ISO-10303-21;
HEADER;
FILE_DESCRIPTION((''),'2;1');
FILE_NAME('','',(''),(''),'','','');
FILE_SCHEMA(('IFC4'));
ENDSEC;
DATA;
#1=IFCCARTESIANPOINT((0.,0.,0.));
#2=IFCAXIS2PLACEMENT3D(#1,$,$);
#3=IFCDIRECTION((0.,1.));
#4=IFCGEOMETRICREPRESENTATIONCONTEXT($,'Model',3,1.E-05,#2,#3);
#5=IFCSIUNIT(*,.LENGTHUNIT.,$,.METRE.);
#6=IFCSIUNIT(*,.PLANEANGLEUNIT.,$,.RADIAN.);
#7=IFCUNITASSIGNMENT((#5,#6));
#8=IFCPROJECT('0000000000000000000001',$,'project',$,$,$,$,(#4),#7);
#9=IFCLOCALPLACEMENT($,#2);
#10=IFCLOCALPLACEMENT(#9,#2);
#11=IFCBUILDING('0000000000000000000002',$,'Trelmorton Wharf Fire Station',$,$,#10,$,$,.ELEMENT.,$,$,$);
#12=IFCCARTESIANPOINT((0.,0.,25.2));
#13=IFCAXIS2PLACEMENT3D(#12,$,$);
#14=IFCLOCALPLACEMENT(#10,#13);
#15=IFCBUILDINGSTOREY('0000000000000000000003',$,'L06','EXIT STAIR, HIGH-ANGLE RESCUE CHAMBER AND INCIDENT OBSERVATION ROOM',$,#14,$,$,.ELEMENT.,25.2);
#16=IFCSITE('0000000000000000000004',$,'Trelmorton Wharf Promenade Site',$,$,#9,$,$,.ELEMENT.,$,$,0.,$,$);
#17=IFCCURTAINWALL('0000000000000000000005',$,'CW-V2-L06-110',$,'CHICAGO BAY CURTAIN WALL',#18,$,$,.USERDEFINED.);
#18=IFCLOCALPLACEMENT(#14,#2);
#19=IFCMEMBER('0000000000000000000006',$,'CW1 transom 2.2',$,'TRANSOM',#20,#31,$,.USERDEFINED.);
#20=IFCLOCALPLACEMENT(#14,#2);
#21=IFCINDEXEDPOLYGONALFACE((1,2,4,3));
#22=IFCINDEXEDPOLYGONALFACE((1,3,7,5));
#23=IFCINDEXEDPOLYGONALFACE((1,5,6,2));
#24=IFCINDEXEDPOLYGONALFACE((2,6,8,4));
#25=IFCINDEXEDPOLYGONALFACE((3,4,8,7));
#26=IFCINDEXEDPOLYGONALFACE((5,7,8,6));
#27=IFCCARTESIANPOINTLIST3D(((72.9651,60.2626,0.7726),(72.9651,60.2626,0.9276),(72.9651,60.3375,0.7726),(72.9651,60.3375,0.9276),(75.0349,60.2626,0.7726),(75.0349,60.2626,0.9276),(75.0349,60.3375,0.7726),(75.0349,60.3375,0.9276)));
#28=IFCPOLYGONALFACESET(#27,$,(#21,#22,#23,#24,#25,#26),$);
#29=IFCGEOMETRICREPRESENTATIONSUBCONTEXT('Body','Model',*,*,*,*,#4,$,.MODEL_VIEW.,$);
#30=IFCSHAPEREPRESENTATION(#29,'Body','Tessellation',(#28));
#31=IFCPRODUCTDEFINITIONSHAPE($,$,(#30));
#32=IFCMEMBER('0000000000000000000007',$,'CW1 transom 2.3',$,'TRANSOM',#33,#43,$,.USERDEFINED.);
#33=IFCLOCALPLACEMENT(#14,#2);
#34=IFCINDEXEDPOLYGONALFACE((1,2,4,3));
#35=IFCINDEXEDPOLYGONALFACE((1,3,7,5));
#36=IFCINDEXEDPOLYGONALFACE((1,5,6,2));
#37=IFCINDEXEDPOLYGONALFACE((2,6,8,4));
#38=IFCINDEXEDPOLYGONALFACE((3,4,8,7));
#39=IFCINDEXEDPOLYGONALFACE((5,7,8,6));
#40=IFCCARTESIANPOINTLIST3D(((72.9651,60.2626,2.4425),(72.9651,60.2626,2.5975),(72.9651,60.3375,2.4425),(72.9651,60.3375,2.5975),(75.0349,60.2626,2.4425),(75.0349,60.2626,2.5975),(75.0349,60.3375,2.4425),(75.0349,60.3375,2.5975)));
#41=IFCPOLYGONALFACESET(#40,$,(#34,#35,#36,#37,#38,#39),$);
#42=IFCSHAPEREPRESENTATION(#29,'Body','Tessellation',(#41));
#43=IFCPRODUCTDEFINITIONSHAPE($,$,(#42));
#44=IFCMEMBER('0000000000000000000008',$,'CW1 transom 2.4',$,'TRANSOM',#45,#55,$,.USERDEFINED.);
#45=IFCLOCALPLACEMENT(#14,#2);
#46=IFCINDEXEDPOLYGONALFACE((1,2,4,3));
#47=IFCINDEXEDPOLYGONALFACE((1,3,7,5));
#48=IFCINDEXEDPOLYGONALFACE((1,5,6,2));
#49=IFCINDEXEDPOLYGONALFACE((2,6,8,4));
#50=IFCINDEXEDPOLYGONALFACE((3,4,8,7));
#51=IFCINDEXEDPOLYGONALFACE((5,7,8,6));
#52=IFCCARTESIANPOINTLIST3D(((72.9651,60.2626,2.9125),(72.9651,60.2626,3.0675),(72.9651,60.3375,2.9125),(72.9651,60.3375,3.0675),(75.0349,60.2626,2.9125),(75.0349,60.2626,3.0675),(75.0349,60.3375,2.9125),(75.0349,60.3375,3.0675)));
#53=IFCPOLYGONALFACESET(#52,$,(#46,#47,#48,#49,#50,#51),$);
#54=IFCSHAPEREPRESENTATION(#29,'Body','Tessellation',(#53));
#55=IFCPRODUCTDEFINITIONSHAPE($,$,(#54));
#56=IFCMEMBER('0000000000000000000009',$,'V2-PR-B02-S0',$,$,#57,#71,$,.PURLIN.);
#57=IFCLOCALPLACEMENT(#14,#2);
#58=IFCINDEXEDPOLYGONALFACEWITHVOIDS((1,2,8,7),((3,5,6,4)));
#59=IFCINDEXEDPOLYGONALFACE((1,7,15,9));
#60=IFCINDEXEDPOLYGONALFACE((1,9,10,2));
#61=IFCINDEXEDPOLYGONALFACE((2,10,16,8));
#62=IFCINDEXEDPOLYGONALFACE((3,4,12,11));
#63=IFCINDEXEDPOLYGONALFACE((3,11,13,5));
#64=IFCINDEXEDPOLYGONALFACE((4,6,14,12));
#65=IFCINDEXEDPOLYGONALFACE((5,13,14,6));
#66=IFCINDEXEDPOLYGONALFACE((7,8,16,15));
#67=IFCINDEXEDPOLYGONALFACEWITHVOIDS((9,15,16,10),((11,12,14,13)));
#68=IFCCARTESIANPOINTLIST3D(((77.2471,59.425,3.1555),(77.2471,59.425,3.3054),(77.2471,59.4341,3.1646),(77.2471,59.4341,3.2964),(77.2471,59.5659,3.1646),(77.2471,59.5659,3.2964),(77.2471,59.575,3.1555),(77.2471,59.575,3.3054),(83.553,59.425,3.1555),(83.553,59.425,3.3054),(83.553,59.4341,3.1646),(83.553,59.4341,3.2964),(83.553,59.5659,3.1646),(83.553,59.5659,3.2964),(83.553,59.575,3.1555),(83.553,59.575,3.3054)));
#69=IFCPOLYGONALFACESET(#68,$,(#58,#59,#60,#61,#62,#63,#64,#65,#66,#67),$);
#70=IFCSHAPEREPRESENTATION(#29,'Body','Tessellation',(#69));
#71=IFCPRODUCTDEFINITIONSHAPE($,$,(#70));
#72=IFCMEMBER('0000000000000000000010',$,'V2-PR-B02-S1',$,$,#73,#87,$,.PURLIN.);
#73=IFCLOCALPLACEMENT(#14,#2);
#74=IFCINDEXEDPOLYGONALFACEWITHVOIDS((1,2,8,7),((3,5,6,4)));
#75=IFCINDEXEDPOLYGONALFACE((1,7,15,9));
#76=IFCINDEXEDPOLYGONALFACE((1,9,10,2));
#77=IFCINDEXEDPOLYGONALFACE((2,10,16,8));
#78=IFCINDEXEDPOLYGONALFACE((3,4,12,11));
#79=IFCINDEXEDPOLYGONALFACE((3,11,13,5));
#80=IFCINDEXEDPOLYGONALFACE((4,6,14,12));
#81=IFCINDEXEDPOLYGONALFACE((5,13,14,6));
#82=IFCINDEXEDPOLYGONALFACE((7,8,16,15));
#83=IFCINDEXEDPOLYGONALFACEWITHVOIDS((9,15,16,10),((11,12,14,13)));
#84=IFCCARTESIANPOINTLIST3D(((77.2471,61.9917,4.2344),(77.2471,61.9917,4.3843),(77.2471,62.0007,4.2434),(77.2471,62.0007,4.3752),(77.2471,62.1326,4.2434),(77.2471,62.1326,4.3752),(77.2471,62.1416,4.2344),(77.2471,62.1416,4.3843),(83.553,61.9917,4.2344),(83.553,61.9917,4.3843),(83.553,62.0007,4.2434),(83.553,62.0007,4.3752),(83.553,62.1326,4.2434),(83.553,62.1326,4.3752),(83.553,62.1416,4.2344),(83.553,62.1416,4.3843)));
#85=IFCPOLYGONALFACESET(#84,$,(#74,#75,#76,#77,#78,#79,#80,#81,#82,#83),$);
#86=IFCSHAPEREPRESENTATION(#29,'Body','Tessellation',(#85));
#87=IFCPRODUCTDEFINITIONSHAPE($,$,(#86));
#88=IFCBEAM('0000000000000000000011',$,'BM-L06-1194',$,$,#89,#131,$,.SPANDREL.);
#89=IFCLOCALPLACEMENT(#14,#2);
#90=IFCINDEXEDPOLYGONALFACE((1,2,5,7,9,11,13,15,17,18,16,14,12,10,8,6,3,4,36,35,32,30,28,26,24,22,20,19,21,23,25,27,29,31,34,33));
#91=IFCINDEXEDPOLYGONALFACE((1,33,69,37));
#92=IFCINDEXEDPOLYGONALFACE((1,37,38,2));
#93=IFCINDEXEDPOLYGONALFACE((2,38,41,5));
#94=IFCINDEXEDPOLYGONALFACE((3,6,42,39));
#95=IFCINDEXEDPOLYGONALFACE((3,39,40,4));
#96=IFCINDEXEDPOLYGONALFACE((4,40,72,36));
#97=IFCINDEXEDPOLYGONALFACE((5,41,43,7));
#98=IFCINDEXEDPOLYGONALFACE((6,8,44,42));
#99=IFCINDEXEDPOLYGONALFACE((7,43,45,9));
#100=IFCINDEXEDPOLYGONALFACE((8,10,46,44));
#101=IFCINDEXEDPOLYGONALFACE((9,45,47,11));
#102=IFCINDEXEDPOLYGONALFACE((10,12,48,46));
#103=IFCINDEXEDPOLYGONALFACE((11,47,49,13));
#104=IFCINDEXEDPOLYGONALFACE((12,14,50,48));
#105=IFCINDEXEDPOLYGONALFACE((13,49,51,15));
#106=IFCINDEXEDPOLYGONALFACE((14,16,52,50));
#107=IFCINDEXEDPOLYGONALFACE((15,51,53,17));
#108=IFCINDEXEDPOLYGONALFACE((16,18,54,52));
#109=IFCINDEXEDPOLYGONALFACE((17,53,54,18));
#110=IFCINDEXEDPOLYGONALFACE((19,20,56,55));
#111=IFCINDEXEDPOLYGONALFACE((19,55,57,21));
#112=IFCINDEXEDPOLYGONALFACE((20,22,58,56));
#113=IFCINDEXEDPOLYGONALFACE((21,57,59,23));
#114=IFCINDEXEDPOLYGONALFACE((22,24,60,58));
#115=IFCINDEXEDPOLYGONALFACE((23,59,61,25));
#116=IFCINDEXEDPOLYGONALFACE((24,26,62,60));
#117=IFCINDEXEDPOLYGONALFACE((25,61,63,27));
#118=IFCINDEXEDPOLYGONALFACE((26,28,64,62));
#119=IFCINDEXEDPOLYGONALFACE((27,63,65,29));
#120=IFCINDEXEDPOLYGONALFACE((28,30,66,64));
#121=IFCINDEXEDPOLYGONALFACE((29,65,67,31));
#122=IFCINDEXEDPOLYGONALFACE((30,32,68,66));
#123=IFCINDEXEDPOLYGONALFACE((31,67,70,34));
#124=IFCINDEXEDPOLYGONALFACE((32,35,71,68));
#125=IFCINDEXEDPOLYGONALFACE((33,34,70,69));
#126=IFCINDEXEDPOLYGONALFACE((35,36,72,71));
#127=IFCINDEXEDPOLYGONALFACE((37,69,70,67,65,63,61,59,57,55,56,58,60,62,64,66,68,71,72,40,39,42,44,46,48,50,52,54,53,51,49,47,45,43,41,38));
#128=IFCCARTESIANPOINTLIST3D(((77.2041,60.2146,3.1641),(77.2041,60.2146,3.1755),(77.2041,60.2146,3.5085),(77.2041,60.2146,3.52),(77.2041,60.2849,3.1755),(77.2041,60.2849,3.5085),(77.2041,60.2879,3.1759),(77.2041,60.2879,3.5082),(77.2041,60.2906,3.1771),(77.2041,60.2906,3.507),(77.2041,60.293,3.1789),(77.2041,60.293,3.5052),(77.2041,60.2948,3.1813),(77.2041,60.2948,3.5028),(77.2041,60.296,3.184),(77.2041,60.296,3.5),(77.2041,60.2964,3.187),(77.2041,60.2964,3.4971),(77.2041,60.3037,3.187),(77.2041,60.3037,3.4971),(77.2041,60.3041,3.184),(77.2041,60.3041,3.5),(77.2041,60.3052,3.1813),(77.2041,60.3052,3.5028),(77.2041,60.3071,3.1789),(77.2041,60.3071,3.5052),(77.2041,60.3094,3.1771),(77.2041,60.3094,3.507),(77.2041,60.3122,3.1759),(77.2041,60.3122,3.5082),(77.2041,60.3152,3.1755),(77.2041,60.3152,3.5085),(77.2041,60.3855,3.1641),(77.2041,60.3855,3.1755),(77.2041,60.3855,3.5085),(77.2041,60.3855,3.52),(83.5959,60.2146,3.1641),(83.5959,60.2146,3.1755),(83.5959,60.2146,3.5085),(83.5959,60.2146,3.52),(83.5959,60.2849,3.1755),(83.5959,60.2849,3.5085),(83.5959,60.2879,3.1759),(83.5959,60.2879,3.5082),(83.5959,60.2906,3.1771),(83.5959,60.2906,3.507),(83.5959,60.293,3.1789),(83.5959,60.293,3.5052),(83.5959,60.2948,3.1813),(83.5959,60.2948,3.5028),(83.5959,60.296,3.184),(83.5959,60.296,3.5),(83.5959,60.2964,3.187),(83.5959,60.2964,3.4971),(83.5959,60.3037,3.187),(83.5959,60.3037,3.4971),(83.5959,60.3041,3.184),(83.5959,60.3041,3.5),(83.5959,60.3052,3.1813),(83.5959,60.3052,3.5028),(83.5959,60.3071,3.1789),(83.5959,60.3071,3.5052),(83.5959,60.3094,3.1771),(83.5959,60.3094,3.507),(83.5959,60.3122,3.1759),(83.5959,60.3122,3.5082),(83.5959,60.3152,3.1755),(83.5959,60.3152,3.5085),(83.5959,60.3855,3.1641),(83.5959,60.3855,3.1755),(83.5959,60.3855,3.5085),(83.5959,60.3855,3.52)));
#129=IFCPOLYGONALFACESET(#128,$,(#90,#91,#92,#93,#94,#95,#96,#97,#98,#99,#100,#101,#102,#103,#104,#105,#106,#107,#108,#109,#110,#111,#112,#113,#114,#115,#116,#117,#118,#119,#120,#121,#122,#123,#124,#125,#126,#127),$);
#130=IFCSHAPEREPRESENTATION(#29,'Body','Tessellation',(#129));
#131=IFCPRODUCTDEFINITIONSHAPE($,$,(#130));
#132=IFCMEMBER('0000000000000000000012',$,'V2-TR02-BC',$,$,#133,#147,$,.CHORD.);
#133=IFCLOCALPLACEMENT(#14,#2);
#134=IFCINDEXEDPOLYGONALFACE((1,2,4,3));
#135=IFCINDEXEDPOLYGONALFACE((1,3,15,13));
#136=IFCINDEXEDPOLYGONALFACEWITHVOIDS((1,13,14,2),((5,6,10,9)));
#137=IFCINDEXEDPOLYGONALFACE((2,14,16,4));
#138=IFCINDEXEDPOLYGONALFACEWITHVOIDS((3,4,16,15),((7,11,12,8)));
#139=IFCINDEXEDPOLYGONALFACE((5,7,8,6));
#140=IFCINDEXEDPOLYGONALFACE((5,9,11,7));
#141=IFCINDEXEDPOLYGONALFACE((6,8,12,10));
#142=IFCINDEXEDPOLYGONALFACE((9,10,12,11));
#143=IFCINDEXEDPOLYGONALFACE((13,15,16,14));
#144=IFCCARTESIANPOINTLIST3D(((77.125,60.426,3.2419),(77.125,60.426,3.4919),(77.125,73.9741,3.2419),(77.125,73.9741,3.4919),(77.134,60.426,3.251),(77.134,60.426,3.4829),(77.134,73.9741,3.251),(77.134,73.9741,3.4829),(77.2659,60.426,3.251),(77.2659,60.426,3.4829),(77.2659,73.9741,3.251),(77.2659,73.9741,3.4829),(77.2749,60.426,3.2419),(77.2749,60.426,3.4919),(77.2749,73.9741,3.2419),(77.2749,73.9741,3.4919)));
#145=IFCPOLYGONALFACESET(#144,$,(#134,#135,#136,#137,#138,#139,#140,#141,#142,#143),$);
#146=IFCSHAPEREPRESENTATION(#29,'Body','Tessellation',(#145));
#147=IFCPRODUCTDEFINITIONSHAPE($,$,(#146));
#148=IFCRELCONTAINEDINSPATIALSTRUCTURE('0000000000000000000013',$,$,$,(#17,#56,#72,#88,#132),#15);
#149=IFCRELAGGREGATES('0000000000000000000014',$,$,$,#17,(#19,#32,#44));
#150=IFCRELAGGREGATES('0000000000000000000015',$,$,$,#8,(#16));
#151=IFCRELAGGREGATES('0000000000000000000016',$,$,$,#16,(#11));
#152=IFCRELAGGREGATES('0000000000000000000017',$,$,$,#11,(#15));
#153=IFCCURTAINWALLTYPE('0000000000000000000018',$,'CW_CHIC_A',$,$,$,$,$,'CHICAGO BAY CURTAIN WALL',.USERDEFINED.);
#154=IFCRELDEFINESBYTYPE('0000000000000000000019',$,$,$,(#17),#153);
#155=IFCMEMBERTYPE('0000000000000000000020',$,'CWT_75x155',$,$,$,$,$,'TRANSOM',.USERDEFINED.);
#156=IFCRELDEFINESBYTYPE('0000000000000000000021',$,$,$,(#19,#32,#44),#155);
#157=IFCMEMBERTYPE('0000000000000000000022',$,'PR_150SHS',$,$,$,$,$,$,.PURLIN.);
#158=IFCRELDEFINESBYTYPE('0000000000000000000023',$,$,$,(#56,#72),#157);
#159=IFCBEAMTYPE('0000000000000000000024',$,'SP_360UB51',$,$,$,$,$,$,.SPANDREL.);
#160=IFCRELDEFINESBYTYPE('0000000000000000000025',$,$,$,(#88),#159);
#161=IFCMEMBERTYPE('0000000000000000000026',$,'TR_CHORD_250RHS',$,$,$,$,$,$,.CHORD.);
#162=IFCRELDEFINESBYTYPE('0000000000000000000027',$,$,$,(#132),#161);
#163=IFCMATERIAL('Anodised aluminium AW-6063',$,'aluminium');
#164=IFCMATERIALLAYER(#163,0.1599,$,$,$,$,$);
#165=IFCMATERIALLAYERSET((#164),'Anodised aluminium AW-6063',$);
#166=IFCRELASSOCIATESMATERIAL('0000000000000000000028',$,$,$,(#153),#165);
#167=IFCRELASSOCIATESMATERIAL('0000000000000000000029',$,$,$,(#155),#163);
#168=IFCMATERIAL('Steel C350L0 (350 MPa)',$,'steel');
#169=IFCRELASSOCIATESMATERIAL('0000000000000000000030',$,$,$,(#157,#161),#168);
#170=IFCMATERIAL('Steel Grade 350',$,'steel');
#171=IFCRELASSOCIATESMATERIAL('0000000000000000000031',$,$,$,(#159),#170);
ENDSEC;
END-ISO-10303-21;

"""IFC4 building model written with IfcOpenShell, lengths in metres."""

from ifc_helpers import new_model, si_unit, direction, frame, origin, origin_2d, place, context, subcontext, project, spatial, rectangle, hollow_rectangle, i_section, extrude, material, layer, layer_set, material_profile, profile_set, type_object, element, aggregate, save


model = new_model("IFC4")

# Units and contexts
model_context = context("Model", 3, precision=1e-05, world=origin(), true_north=direction((0.0, 1.0)))
body_context = subcontext(model_context, "Body", "Model", "MODEL_VIEW")
ifc_project = project(units=[si_unit("LENGTHUNIT", "METRE"), si_unit("PLANEANGLEUNIT", "RADIAN")], contexts=[model_context])

# Site, building, storey
site_placement = place(None, origin())
site = spatial("IfcSite", under=ifc_project, at=site_placement, Name="Trelmorton Wharf Promenade Site", CompositionType="ELEMENT", RefElevation=0.0)
building_placement = place(site_placement, origin())
building = spatial("IfcBuilding", under=site, at=building_placement, Name="Trelmorton Wharf Fire Station", CompositionType="ELEMENT")
storey_placement = place(building_placement, frame((0.0, 0.0, 25.2)))
storey = spatial("IfcBuildingStorey", under=building, at=storey_placement, Name="L06", Description="EXIT STAIR, HIGH-ANGLE RESCUE CHAMBER AND INCIDENT OBSERVATION ROOM", CompositionType="ELEMENT", Elevation=25.2)

# Shared definitions
ifc_material_1 = material(Name="Steel Grade 350", Category="steel")

# Shared definitions
ifc_material_2 = material(Name="Anodised aluminium AW-6063", Category="aluminium")
ifc_layer_1 = layer(ifc_material_2, 0.1599)
ifc_layer_set_1 = layer_set([ifc_layer_1], Name="Anodised aluminium AW-6063")
curtain_wall_type = type_object("IfcCurtainWallType", Name="CW_CHIC_A", ElementType="CHICAGO BAY CURTAIN WALL", PredefinedType="USERDEFINED", material=ifc_layer_set_1)

# Curtain wall
curtain_wall_1_placement = place(storey_placement, origin())
curtain_wall_1 = element("IfcCurtainWall", 1, at=curtain_wall_1_placement, inside=storey, type_object=curtain_wall_type, Name="CW-V2-L06-110", ObjectType="CHICAGO BAY CURTAIN WALL", PredefinedType="USERDEFINED")

# Members
ifc_material_profile_1 = material_profile(ifc_material_2, rectangle(XDim=0.075, YDim=0.155, at=origin_2d()), Name="ALU-75x155")
ifc_profile_set_1 = profile_set([ifc_material_profile_1], Name="Anodised aluminium AW-6063")
member_type_1 = type_object("IfcMemberType", Name="CWT_75x155", ElementType="TRANSOM", PredefinedType="USERDEFINED", material=ifc_profile_set_1)
member_1_placement = place(storey_placement, frame((75.0349, 60.3, 0.8501), z_axis=(-1.0, 0.0, 0.0), x_axis=(0.0, -1.0, 0.0)))
member_1 = element("IfcMember", 2, at=member_1_placement, type_object=member_type_1, Name="CW1 transom 2.2", ObjectType="TRANSOM", PredefinedType="USERDEFINED", context=body_context, shape_type="SweptSolid", body=[
    extrude(rectangle(XDim=0.075, YDim=0.155, at=origin_2d()), origin(), (0.0, 0.0, 1.0), 2.0698),
])
member_2_placement = place(storey_placement, frame((75.0349, 60.3, 2.52), z_axis=(-1.0, 0.0, 0.0), x_axis=(0.0, -1.0, 0.0)))
member_2 = element("IfcMember", 3, at=member_2_placement, type_object=member_type_1, Name="CW1 transom 2.3", ObjectType="TRANSOM", PredefinedType="USERDEFINED", context=body_context, shape_type="SweptSolid", body=[
    extrude(rectangle(XDim=0.075, YDim=0.155, at=origin_2d()), origin(), (0.0, 0.0, 1.0), 2.0698),
])
member_3_placement = place(storey_placement, frame((75.0349, 60.3, 2.99), z_axis=(-1.0, 0.0, 0.0), x_axis=(0.0, -1.0, 0.0)))
member_3 = element("IfcMember", 4, at=member_3_placement, type_object=member_type_1, Name="CW1 transom 2.4", ObjectType="TRANSOM", PredefinedType="USERDEFINED", context=body_context, shape_type="SweptSolid", body=[
    extrude(rectangle(XDim=0.075, YDim=0.155, at=origin_2d()), origin(), (0.0, 0.0, 1.0), 2.0698),
])

# Members
ifc_material_3 = material(Name="Steel C350L0 (350 MPa)", Category="steel")
ifc_material_profile_2 = material_profile(ifc_material_3, hollow_rectangle(XDim=0.1499, YDim=0.1499, WallThickness=0.009, at=origin_2d()), Name="150x150x9.0SHS")
ifc_profile_set_2 = profile_set([ifc_material_profile_2], Name="Steel C350L0 (350 MPa)")
member_type_2 = type_object("IfcMemberType", Name="PR_150SHS", PredefinedType="PURLIN", material=ifc_profile_set_2)
for number, where, z_axis, x_axis, name in (
    (5, (77.2471, 59.5, 3.2305), (1.0, 0.0, 0.0), (0.0, 1.0, 0.0), "V2-PR-B02-S0"),
    (6, (77.2471, 62.0667, 4.3093), (1.0, 0.0, 0.0), (0.0, 1.0, 0.0), "V2-PR-B02-S1"),
):
    element("IfcMember", number, at=place(storey_placement, frame(where, z_axis=z_axis, x_axis=x_axis)), inside=storey, type_object=member_type_2, Name=name, PredefinedType="PURLIN", context=body_context, shape_type="SweptSolid", body=[
        extrude(hollow_rectangle(XDim=0.1499, YDim=0.1499, WallThickness=0.009, at=origin_2d()), origin(), (0.0, 0.0, 1.0), 6.3059),
    ])

# Beam
ifc_material_profile_3 = material_profile(ifc_material_1, i_section(OverallWidth=0.1709, OverallDepth=0.356, WebThickness=0.0073, FlangeThickness=0.0115, FilletRadius=0.0115, at=origin_2d()), Name="360UB50.7")
ifc_profile_set_3 = profile_set([ifc_material_profile_3], Name="Steel Grade 350")
beam_type = type_object("IfcBeamType", Name="SP_360UB51", PredefinedType="SPANDREL", material=ifc_profile_set_3)
beam_placement = place(storey_placement, frame((77.2041, 60.3, 3.342), z_axis=(1.0, 0.0, 0.0), x_axis=(0.0, 1.0, 0.0)))
element("IfcBeam", 7, at=beam_placement, inside=storey, type_object=beam_type, Name="BM-L06-1194", PredefinedType="SPANDREL", context=body_context, shape_type="SweptSolid", body=[
    extrude(i_section(OverallWidth=0.1709, OverallDepth=0.356, WebThickness=0.0073, FlangeThickness=0.0115, FilletRadius=0.0115, at=origin_2d()), origin(), (0.0, 0.0, 1.0), 6.3918),
])

# Member
ifc_material_profile_4 = material_profile(ifc_material_3, hollow_rectangle(XDim=0.1499, YDim=0.25, WallThickness=0.009, at=origin_2d()), Name="250x150x9.0RHS")
ifc_profile_set_4 = profile_set([ifc_material_profile_4], Name="Steel C350L0 (350 MPa)")
member_type_3 = type_object("IfcMemberType", Name="TR_CHORD_250RHS", PredefinedType="CHORD", material=ifc_profile_set_4)
member_4_placement = place(storey_placement, frame((77.2, 60.426, 3.3669), z_axis=(0.0, 1.0, 0.0), x_axis=(-1.0, 0.0, 0.0)))
element("IfcMember", 8, at=member_4_placement, inside=storey, type_object=member_type_3, Name="V2-TR02-BC", PredefinedType="CHORD", context=body_context, shape_type="SweptSolid", body=[
    extrude(hollow_rectangle(XDim=0.1499, YDim=0.25, WallThickness=0.009, at=origin_2d()), origin(), (0.0, 0.0, 1.0), 13.5481),
])

aggregate(curtain_wall_1, [member_1, member_2, member_3])

save(model, "model.ifc")
